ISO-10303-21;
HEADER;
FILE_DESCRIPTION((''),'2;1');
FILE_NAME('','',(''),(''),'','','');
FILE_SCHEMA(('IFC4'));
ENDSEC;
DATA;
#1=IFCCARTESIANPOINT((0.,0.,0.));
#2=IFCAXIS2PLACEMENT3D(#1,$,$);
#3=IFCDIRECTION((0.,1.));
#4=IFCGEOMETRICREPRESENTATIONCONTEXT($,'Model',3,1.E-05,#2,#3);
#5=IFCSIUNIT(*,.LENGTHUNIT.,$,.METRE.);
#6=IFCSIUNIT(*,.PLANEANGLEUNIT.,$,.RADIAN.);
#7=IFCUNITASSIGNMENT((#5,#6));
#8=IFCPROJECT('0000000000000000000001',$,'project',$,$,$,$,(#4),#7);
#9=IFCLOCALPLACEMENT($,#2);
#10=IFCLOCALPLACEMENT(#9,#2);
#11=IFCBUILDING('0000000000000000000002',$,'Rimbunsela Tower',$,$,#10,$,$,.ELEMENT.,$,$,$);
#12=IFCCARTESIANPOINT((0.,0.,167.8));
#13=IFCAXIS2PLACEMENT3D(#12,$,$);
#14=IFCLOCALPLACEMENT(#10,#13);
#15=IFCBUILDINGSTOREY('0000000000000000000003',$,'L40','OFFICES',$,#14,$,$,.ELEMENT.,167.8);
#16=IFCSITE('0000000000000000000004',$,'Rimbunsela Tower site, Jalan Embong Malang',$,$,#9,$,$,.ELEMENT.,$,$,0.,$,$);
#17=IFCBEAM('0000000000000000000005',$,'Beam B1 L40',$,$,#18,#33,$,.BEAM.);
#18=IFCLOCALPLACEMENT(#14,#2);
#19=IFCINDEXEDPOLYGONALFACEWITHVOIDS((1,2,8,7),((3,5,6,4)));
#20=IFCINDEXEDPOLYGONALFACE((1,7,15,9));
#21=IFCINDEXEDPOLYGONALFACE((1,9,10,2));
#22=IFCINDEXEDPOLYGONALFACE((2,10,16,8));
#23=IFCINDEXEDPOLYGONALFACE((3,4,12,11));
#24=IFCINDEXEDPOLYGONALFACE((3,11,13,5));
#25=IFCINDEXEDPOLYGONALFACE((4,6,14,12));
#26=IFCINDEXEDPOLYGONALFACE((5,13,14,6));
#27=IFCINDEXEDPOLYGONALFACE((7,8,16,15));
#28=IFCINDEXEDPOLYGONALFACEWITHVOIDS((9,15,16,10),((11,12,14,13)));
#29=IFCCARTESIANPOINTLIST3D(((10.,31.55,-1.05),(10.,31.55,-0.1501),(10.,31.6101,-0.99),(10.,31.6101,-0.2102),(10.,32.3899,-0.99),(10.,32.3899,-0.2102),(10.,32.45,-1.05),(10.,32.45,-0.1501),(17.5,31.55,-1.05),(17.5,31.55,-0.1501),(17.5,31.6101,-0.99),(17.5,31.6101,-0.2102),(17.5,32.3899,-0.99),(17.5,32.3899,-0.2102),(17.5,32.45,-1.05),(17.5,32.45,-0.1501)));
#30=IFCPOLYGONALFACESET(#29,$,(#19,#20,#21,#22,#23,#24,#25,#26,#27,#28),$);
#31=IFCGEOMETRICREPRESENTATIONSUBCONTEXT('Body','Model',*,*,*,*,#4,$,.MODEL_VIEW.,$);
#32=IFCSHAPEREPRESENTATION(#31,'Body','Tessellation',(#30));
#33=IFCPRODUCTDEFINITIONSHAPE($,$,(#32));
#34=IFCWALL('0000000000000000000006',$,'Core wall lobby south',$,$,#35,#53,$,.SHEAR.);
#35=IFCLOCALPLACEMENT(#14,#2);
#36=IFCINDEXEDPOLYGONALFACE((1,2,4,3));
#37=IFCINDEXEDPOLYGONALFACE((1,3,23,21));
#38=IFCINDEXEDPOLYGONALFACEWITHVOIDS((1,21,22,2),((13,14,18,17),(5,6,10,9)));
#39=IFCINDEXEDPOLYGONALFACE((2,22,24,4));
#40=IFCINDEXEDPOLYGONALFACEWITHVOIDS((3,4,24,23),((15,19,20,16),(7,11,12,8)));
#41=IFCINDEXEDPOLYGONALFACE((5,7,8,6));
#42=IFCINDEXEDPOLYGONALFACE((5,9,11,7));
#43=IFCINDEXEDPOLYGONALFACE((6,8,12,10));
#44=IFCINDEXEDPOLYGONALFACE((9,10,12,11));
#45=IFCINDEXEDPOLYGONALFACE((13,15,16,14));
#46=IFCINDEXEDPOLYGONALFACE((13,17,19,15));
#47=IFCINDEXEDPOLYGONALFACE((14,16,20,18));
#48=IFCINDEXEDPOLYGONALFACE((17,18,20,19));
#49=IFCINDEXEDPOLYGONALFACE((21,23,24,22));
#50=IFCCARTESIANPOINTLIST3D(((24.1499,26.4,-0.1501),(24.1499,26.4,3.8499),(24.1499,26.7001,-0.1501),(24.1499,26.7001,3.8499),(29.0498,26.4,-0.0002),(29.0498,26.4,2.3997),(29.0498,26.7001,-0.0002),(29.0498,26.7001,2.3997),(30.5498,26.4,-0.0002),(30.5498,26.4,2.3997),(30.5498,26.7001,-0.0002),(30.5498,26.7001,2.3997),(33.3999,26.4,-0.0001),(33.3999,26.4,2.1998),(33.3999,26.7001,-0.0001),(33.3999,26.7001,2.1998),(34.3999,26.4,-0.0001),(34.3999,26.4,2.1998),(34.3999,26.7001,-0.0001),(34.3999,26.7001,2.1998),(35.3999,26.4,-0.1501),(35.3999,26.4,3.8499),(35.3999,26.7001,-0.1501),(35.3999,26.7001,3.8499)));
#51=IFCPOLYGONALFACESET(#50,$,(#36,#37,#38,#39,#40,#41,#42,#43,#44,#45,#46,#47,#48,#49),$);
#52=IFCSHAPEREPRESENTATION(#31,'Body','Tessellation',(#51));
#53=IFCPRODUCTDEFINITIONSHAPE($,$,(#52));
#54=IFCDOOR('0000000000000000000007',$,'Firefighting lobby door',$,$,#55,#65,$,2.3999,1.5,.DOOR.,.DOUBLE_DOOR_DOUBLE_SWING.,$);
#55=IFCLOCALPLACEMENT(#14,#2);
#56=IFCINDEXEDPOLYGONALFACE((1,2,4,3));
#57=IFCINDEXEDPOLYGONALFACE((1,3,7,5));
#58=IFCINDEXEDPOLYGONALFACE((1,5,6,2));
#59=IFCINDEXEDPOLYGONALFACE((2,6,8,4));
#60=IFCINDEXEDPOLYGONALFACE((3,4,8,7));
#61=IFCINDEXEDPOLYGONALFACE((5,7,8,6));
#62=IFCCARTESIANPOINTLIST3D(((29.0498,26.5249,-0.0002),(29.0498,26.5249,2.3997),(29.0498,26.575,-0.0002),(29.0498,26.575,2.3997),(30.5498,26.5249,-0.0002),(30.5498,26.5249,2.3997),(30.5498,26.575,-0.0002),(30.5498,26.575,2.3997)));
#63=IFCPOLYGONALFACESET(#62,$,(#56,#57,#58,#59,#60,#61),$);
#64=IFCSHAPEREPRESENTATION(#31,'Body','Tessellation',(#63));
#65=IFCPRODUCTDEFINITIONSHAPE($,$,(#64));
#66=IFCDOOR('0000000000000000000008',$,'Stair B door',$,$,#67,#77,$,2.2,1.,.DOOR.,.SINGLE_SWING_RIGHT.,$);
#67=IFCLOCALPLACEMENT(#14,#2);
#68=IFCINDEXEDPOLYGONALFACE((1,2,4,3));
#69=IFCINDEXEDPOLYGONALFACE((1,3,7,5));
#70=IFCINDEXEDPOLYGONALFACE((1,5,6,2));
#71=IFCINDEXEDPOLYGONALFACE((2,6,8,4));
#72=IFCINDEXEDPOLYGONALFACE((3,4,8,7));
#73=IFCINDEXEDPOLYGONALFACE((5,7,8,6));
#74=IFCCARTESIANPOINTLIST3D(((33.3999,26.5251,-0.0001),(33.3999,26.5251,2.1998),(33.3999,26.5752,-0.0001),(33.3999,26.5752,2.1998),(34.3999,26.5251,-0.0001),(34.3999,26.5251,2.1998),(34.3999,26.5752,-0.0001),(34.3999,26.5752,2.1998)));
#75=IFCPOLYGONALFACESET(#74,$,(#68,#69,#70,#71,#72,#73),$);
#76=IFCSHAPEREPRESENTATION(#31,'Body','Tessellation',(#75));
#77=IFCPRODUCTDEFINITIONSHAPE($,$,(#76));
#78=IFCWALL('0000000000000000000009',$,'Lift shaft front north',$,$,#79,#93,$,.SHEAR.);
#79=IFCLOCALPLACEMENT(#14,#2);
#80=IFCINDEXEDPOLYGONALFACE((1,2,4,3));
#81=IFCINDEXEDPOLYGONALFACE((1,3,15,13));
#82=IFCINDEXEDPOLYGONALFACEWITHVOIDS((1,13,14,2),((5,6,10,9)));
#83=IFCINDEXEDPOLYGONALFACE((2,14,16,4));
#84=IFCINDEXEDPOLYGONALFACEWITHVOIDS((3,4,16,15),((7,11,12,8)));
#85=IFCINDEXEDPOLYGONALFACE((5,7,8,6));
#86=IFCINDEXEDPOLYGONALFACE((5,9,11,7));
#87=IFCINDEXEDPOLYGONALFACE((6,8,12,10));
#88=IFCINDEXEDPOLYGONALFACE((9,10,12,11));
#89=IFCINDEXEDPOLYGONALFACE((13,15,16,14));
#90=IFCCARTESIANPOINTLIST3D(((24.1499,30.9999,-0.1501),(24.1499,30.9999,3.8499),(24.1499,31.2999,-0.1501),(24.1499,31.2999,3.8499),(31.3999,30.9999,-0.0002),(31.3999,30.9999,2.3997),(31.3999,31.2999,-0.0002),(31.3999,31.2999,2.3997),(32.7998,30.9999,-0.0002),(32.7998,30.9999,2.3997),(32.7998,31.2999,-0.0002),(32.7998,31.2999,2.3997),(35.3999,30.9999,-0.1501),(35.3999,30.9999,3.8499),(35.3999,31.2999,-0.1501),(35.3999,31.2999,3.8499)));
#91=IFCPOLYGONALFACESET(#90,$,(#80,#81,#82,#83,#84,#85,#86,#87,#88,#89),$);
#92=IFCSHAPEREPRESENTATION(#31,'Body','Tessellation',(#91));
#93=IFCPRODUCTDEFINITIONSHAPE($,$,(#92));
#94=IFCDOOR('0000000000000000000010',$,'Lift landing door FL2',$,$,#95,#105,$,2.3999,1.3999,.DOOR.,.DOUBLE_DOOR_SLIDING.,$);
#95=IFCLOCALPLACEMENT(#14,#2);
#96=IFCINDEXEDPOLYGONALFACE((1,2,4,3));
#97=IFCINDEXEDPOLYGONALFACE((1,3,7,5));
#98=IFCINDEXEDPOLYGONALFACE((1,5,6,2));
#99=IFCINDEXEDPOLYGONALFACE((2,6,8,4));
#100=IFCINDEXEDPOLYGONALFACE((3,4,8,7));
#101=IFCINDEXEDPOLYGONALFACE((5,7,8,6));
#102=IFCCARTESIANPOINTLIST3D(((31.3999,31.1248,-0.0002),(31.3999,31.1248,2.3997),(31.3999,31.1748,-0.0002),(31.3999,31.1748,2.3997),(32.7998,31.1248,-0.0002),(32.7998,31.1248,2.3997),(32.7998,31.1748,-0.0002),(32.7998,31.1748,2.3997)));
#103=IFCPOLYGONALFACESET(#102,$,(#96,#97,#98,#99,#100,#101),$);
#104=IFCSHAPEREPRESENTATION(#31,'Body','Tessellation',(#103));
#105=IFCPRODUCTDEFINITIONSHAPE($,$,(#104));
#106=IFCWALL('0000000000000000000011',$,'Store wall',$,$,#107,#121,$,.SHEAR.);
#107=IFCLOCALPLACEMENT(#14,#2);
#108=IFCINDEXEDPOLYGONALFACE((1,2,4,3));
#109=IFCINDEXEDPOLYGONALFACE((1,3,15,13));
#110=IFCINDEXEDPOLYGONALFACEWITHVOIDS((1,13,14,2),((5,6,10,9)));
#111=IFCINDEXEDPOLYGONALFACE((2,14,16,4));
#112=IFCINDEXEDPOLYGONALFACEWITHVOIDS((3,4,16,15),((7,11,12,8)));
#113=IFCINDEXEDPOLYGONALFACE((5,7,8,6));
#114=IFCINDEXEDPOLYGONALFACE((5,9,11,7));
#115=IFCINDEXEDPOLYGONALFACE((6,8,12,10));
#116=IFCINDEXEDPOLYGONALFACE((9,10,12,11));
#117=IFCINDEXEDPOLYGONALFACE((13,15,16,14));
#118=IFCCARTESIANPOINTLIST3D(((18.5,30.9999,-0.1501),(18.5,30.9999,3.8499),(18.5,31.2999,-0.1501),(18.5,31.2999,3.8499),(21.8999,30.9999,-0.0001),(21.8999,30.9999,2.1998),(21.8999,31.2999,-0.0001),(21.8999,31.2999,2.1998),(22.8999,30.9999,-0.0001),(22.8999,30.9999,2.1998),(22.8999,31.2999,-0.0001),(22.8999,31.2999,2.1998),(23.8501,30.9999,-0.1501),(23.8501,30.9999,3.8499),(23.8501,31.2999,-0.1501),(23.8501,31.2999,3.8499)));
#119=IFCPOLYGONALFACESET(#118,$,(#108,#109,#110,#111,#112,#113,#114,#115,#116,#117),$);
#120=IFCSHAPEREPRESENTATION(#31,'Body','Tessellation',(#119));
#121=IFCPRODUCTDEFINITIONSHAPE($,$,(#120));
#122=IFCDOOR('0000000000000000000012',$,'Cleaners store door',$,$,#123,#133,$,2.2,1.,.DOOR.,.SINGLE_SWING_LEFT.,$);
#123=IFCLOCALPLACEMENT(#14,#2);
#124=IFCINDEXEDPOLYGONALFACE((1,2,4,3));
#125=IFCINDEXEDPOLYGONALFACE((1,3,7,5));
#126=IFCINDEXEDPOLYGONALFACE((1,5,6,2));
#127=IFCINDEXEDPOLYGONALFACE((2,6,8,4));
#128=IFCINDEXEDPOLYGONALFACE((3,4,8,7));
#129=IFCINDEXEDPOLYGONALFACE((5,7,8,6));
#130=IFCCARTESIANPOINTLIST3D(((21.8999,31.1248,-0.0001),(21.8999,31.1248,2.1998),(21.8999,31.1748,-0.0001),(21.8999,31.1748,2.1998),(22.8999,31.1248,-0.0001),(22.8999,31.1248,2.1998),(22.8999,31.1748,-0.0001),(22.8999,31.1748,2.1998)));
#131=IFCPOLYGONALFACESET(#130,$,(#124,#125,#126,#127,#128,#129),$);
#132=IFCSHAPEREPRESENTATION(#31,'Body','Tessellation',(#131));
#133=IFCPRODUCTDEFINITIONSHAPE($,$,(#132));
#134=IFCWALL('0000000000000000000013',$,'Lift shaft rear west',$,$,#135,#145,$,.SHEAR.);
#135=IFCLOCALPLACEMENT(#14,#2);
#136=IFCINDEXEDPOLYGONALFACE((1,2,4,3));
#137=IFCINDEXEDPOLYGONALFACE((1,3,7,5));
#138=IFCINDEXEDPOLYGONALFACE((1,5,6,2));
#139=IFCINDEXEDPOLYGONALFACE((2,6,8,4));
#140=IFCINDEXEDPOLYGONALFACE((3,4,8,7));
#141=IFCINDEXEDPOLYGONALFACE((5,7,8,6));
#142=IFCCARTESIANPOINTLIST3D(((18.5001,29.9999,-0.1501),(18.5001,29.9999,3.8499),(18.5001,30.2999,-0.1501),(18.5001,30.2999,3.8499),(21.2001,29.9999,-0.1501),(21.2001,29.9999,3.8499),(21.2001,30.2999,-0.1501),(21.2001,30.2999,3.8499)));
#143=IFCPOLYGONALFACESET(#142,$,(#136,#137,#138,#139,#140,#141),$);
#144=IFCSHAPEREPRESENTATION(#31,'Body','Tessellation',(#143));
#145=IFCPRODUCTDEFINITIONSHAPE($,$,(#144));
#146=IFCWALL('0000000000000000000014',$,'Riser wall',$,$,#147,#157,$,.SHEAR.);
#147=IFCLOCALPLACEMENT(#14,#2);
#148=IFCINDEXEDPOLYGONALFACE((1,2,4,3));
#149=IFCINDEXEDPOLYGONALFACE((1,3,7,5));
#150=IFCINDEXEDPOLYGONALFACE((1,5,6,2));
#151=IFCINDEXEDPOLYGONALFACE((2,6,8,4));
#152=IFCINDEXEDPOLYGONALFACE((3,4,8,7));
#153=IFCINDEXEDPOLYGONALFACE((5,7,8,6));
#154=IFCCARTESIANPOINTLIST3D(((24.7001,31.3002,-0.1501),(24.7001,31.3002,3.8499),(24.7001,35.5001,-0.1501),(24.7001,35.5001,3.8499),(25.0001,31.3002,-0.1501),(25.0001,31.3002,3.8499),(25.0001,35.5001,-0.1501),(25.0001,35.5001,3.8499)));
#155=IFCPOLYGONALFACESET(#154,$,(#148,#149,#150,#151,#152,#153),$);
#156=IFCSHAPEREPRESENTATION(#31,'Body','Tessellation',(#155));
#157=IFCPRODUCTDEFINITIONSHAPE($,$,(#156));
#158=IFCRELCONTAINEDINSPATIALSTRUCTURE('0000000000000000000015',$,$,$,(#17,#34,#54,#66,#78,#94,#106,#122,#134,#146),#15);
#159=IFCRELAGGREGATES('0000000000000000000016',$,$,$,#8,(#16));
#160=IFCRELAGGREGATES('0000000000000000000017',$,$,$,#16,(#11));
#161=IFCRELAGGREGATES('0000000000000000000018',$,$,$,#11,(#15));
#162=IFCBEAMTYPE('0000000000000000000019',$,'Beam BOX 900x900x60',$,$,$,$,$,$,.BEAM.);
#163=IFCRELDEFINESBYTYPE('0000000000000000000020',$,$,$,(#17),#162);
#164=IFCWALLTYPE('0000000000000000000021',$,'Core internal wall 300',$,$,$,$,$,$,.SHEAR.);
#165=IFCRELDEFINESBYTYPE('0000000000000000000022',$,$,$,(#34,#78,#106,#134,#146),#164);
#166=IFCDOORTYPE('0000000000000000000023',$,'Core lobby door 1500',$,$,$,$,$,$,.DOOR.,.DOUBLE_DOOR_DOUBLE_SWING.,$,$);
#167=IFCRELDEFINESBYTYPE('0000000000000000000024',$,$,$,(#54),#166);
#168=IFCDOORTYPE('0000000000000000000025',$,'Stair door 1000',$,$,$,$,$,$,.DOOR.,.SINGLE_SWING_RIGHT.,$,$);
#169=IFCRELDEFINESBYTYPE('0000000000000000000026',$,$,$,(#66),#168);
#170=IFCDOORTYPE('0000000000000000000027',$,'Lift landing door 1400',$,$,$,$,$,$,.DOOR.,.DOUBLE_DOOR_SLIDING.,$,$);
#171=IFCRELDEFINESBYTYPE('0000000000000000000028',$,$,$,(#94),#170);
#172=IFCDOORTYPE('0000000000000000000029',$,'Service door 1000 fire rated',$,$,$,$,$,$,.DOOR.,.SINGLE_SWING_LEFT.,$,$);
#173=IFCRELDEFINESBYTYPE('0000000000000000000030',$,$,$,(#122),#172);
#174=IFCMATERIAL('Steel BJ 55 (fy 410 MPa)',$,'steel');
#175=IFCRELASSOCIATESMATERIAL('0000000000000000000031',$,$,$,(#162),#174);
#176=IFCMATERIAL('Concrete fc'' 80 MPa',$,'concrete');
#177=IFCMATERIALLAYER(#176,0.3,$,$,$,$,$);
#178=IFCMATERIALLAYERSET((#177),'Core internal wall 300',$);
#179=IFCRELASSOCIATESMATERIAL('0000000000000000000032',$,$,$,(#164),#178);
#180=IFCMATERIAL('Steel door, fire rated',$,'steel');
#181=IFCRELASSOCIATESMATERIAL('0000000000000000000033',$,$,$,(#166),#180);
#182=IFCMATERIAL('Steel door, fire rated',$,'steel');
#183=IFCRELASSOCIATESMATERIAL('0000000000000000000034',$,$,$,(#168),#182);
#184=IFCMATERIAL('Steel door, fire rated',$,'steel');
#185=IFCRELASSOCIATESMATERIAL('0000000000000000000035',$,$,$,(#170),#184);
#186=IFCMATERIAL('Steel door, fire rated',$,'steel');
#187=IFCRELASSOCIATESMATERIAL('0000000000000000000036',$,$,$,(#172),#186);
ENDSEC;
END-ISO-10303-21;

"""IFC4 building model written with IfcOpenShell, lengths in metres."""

from ifc_helpers import new_model, si_unit, direction, frame, frame_2d, origin, origin_2d, place, context, subcontext, project, spatial, rectangle, hollow_rectangle, extrude, material, layer, layer_set, material_profile, profile_set, type_object, element, fill, save


model = new_model("IFC4")

# Units and contexts
model_context = context("Model", 3, precision=1e-05, world=origin(), true_north=direction((0.0, 1.0)))
body_context = subcontext(model_context, "Body", "Model", "MODEL_VIEW")
ifc_project = project(units=[si_unit("LENGTHUNIT", "METRE"), si_unit("PLANEANGLEUNIT", "RADIAN")], contexts=[model_context])

# Site, building, storey
site_placement = place(None, origin())
site = spatial("IfcSite", under=ifc_project, at=site_placement, Name="Rimbunsela Tower site, Jalan Embong Malang", CompositionType="ELEMENT", RefElevation=0.0)
building_placement = place(site_placement, origin())
building = spatial("IfcBuilding", under=site, at=building_placement, Name="Rimbunsela Tower", CompositionType="ELEMENT")
storey_placement = place(building_placement, frame((0.0, 0.0, 167.8)))
storey = spatial("IfcBuildingStorey", under=building, at=storey_placement, Name="L40", Description="OFFICES", CompositionType="ELEMENT", Elevation=167.8)

# Beam
ifc_material_1 = material(Name="Steel BJ 55 (fy 410 MPa)", Category="steel")
ifc_material_profile = material_profile(ifc_material_1, hollow_rectangle(XDim=0.8999, YDim=0.8999, WallThickness=0.0601, at=origin_2d()), Name="BOX 900x900x60")
ifc_profile_set = profile_set([ifc_material_profile], Name="Steel BJ 55 (fy 410 MPa)")
beam_type = type_object("IfcBeamType", Name="Beam BOX 900x900x60", PredefinedType="BEAM", material=ifc_profile_set)
beam_placement = place(storey_placement, frame((10.0, 32.0, -0.6001), z_axis=(1.0, 0.0, 0.0), x_axis=(0.0, 1.0, 0.0)))
element("IfcBeam", 1, at=beam_placement, inside=storey, type_object=beam_type, Name="Beam B1 L40", PredefinedType="BEAM", context=body_context, shape_type="SweptSolid", body=[
    extrude(hollow_rectangle(XDim=0.8999, YDim=0.8999, WallThickness=0.0601, at=origin_2d()), origin(), (0.0, 0.0, 1.0), 7.5),
])

# Wall, openings, doors
ifc_material_2 = material(Name="Concrete fc' 80 MPa", Category="concrete")
ifc_layer_1 = layer(ifc_material_2, 0.3)
ifc_layer_set_1 = layer_set([ifc_layer_1], Name="Core internal wall 300")
wall_type_1 = type_object("IfcWallType", Name="Core internal wall 300", PredefinedType="SHEAR", material=ifc_layer_set_1)
wall_1_placement = place(storey_placement, frame((24.1499, 26.55, -0.1501), z_axis=(0.0, 0.0, 1.0), x_axis=(1.0, 0.0, 0.0)))
wall_1 = element("IfcWall", 2, at=wall_1_placement, inside=storey, type_object=wall_type_1, Name="Core wall lobby south", PredefinedType="SHEAR", context=body_context, shape_type="SweptSolid", body=[
    extrude(rectangle(XDim=11.25, YDim=0.3, at=frame_2d((5.625, 0.0))), origin(), (0.0, 0.0, 1.0), 4.0),
])
opening_1_placement = place(wall_1_placement, frame((9.25, 0.0, 0.1499)))
opening_1 = element("IfcOpeningElement", 3, at=opening_1_placement, cuts=wall_1, PredefinedType="OPENING", context=body_context, shape_type="SweptSolid", body=[
    extrude(rectangle(XDim=1.0, YDim=2.2, at=frame_2d((0.5, 1.1001))), frame((0.0, 0.1599, 0.0), z_axis=(0.0, -1.0, 0.0), x_axis=(1.0, 0.0, 0.0)), (0.0, 0.0, 1.0), 0.3201),
])
opening_2_placement = place(wall_1_placement, frame((4.8999, 0.0, 0.1499)))
opening_2 = element("IfcOpeningElement", 4, at=opening_2_placement, cuts=wall_1, PredefinedType="OPENING", context=body_context, shape_type="SweptSolid", body=[
    extrude(rectangle(XDim=1.5, YDim=2.3999, at=frame_2d((0.75, 1.2))), frame((0.0, 0.1599, 0.0), z_axis=(0.0, -1.0, 0.0), x_axis=(1.0, 0.0, 0.0)), (0.0, 0.0, 1.0), 0.3201),
])
ifc_material_3 = material(Name="Steel door, fire rated", Category="steel")
door_type_1 = type_object("IfcDoorType", Name="Core lobby door 1500", OperationType="DOUBLE_DOOR_DOUBLE_SWING", PredefinedType="DOOR", material=ifc_material_3)
door_1_placement = place(opening_2_placement, origin())
door_1 = element("IfcDoor", 5, at=door_1_placement, inside=storey, type_object=door_type_1, Name="Firefighting lobby door", OperationType="DOUBLE_DOOR_DOUBLE_SWING", OverallHeight=2.3999, OverallWidth=1.5, PredefinedType="DOOR", context=body_context, shape_type="SweptSolid", body=[
    extrude(rectangle(XDim=1.5, YDim=2.3999, at=frame_2d((0.75, 1.2))), frame((0.0, 0.0249, 0.0), z_axis=(0.0, -1.0, 0.0), x_axis=(1.0, 0.0, 0.0)), (0.0, 0.0, 1.0), 0.05),
])
fill(opening_2, door_1)
ifc_material_4 = material(Name="Steel door, fire rated", Category="steel")
door_type_2 = type_object("IfcDoorType", Name="Stair door 1000", OperationType="SINGLE_SWING_RIGHT", PredefinedType="DOOR", material=ifc_material_4)
door_2_placement = place(opening_1_placement, frame((1.0, 0.0, 0.0), z_axis=(0.0, 0.0, 1.0), x_axis=(-1.0, 0.0, 0.0)))
door_2 = element("IfcDoor", 6, at=door_2_placement, inside=storey, type_object=door_type_2, Name="Stair B door", OperationType="SINGLE_SWING_RIGHT", OverallHeight=2.2, OverallWidth=1.0, PredefinedType="DOOR", context=body_context, shape_type="SweptSolid", body=[
    extrude(rectangle(XDim=1.0, YDim=2.2, at=frame_2d((0.5, 1.1001))), frame((0.0, 0.0249, 0.0), z_axis=(0.0, -1.0, 0.0), x_axis=(1.0, 0.0, 0.0)), (0.0, 0.0, 1.0), 0.05),
])
fill(opening_1, door_2)

# Walls, openings, doors
wall_2_placement = place(storey_placement, frame((24.1499, 31.1499, -0.1501), z_axis=(0.0, 0.0, 1.0), x_axis=(1.0, 0.0, 0.0)))
wall_2 = element("IfcWall", 7, at=wall_2_placement, inside=storey, type_object=wall_type_1, Name="Lift shaft front north", PredefinedType="SHEAR", context=body_context, shape_type="SweptSolid", body=[
    extrude(rectangle(XDim=11.25, YDim=0.3, at=frame_2d((5.625, 0.0))), origin(), (0.0, 0.0, 1.0), 4.0),
])
opening_3_placement = place(wall_2_placement, frame((7.25, 0.0, 0.1499)))
opening_3 = element("IfcOpeningElement", 8, at=opening_3_placement, cuts=wall_2, PredefinedType="OPENING", context=body_context, shape_type="SweptSolid", body=[
    extrude(rectangle(XDim=1.3999, YDim=2.3999, at=frame_2d((0.7, 1.2))), frame((0.0, 0.1599, 0.0), z_axis=(0.0, -1.0, 0.0), x_axis=(1.0, 0.0, 0.0)), (0.0, 0.0, 1.0), 0.3201),
])
ifc_material_5 = material(Name="Steel door, fire rated", Category="steel")
door_type_3 = type_object("IfcDoorType", Name="Lift landing door 1400", OperationType="DOUBLE_DOOR_SLIDING", PredefinedType="DOOR", material=ifc_material_5)
door_3_placement = place(opening_3_placement, origin())
door_3 = element("IfcDoor", 9, at=door_3_placement, inside=storey, type_object=door_type_3, Name="Lift landing door FL2", OperationType="DOUBLE_DOOR_SLIDING", OverallHeight=2.3999, OverallWidth=1.3999, PredefinedType="DOOR", context=body_context, shape_type="SweptSolid", body=[
    extrude(rectangle(XDim=1.3999, YDim=2.3999, at=frame_2d((0.7, 1.2))), frame((0.0, 0.0249, 0.0), z_axis=(0.0, -1.0, 0.0), x_axis=(1.0, 0.0, 0.0)), (0.0, 0.0, 1.0), 0.05),
])
fill(opening_3, door_3)
wall_3_placement = place(storey_placement, frame((18.5, 31.1499, -0.1501), z_axis=(0.0, 0.0, 1.0), x_axis=(1.0, 0.0, 0.0)))
wall_3 = element("IfcWall", 10, at=wall_3_placement, inside=storey, type_object=wall_type_1, Name="Store wall", PredefinedType="SHEAR", context=body_context, shape_type="SweptSolid", body=[
    extrude(rectangle(XDim=5.3501, YDim=0.3, at=frame_2d((2.675, 0.0))), origin(), (0.0, 0.0, 1.0), 4.0),
])
opening_4_placement = place(wall_3_placement, frame((3.3999, 0.0, 0.1499)))
opening_4 = element("IfcOpeningElement", 11, at=opening_4_placement, cuts=wall_3, PredefinedType="OPENING", context=body_context, shape_type="SweptSolid", body=[
    extrude(rectangle(XDim=1.0, YDim=2.2, at=frame_2d((0.5, 1.1001))), frame((0.0, 0.1599, 0.0), z_axis=(0.0, -1.0, 0.0), x_axis=(1.0, 0.0, 0.0)), (0.0, 0.0, 1.0), 0.3201),
])
ifc_material_6 = material(Name="Steel door, fire rated", Category="steel")
door_type_4 = type_object("IfcDoorType", Name="Service door 1000 fire rated", OperationType="SINGLE_SWING_LEFT", PredefinedType="DOOR", material=ifc_material_6)
door_4_placement = place(opening_4_placement, origin())
door_4 = element("IfcDoor", 12, at=door_4_placement, inside=storey, type_object=door_type_4, Name="Cleaners store door", OperationType="SINGLE_SWING_LEFT", OverallHeight=2.2, OverallWidth=1.0, PredefinedType="DOOR", context=body_context, shape_type="SweptSolid", body=[
    extrude(rectangle(XDim=1.0, YDim=2.2, at=frame_2d((0.5, 1.1001))), frame((0.0, 0.0249, 0.0), z_axis=(0.0, -1.0, 0.0), x_axis=(1.0, 0.0, 0.0)), (0.0, 0.0, 1.0), 0.05),
])
fill(opening_4, door_4)

# Walls
wall_4_placement = place(storey_placement, frame((18.5, 30.1499, -0.1501), z_axis=(0.0, 0.0, 1.0), x_axis=(1.0, 0.0, 0.0)))
element("IfcWall", 13, at=wall_4_placement, inside=storey, type_object=wall_type_1, Name="Lift shaft rear west", PredefinedType="SHEAR", context=body_context, shape_type="SweptSolid", body=[
    extrude(rectangle(XDim=2.7, YDim=0.3, at=frame_2d((1.3501, 0.0))), origin(), (0.0, 0.0, 1.0), 4.0),
])
wall_5_placement = place(storey_placement, frame((24.8501, 31.3, -0.1501), z_axis=(0.0, 0.0, 1.0), x_axis=(0.0, 1.0, 0.0)))
element("IfcWall", 14, at=wall_5_placement, inside=storey, type_object=wall_type_1, Name="Riser wall", PredefinedType="SHEAR", context=body_context, shape_type="SweptSolid", body=[
    extrude(rectangle(XDim=4.2, YDim=0.3, at=frame_2d((2.1001, 0.0))), origin(), (0.0, 0.0, 1.0), 4.0),
])

save(model, "model.ifc")
